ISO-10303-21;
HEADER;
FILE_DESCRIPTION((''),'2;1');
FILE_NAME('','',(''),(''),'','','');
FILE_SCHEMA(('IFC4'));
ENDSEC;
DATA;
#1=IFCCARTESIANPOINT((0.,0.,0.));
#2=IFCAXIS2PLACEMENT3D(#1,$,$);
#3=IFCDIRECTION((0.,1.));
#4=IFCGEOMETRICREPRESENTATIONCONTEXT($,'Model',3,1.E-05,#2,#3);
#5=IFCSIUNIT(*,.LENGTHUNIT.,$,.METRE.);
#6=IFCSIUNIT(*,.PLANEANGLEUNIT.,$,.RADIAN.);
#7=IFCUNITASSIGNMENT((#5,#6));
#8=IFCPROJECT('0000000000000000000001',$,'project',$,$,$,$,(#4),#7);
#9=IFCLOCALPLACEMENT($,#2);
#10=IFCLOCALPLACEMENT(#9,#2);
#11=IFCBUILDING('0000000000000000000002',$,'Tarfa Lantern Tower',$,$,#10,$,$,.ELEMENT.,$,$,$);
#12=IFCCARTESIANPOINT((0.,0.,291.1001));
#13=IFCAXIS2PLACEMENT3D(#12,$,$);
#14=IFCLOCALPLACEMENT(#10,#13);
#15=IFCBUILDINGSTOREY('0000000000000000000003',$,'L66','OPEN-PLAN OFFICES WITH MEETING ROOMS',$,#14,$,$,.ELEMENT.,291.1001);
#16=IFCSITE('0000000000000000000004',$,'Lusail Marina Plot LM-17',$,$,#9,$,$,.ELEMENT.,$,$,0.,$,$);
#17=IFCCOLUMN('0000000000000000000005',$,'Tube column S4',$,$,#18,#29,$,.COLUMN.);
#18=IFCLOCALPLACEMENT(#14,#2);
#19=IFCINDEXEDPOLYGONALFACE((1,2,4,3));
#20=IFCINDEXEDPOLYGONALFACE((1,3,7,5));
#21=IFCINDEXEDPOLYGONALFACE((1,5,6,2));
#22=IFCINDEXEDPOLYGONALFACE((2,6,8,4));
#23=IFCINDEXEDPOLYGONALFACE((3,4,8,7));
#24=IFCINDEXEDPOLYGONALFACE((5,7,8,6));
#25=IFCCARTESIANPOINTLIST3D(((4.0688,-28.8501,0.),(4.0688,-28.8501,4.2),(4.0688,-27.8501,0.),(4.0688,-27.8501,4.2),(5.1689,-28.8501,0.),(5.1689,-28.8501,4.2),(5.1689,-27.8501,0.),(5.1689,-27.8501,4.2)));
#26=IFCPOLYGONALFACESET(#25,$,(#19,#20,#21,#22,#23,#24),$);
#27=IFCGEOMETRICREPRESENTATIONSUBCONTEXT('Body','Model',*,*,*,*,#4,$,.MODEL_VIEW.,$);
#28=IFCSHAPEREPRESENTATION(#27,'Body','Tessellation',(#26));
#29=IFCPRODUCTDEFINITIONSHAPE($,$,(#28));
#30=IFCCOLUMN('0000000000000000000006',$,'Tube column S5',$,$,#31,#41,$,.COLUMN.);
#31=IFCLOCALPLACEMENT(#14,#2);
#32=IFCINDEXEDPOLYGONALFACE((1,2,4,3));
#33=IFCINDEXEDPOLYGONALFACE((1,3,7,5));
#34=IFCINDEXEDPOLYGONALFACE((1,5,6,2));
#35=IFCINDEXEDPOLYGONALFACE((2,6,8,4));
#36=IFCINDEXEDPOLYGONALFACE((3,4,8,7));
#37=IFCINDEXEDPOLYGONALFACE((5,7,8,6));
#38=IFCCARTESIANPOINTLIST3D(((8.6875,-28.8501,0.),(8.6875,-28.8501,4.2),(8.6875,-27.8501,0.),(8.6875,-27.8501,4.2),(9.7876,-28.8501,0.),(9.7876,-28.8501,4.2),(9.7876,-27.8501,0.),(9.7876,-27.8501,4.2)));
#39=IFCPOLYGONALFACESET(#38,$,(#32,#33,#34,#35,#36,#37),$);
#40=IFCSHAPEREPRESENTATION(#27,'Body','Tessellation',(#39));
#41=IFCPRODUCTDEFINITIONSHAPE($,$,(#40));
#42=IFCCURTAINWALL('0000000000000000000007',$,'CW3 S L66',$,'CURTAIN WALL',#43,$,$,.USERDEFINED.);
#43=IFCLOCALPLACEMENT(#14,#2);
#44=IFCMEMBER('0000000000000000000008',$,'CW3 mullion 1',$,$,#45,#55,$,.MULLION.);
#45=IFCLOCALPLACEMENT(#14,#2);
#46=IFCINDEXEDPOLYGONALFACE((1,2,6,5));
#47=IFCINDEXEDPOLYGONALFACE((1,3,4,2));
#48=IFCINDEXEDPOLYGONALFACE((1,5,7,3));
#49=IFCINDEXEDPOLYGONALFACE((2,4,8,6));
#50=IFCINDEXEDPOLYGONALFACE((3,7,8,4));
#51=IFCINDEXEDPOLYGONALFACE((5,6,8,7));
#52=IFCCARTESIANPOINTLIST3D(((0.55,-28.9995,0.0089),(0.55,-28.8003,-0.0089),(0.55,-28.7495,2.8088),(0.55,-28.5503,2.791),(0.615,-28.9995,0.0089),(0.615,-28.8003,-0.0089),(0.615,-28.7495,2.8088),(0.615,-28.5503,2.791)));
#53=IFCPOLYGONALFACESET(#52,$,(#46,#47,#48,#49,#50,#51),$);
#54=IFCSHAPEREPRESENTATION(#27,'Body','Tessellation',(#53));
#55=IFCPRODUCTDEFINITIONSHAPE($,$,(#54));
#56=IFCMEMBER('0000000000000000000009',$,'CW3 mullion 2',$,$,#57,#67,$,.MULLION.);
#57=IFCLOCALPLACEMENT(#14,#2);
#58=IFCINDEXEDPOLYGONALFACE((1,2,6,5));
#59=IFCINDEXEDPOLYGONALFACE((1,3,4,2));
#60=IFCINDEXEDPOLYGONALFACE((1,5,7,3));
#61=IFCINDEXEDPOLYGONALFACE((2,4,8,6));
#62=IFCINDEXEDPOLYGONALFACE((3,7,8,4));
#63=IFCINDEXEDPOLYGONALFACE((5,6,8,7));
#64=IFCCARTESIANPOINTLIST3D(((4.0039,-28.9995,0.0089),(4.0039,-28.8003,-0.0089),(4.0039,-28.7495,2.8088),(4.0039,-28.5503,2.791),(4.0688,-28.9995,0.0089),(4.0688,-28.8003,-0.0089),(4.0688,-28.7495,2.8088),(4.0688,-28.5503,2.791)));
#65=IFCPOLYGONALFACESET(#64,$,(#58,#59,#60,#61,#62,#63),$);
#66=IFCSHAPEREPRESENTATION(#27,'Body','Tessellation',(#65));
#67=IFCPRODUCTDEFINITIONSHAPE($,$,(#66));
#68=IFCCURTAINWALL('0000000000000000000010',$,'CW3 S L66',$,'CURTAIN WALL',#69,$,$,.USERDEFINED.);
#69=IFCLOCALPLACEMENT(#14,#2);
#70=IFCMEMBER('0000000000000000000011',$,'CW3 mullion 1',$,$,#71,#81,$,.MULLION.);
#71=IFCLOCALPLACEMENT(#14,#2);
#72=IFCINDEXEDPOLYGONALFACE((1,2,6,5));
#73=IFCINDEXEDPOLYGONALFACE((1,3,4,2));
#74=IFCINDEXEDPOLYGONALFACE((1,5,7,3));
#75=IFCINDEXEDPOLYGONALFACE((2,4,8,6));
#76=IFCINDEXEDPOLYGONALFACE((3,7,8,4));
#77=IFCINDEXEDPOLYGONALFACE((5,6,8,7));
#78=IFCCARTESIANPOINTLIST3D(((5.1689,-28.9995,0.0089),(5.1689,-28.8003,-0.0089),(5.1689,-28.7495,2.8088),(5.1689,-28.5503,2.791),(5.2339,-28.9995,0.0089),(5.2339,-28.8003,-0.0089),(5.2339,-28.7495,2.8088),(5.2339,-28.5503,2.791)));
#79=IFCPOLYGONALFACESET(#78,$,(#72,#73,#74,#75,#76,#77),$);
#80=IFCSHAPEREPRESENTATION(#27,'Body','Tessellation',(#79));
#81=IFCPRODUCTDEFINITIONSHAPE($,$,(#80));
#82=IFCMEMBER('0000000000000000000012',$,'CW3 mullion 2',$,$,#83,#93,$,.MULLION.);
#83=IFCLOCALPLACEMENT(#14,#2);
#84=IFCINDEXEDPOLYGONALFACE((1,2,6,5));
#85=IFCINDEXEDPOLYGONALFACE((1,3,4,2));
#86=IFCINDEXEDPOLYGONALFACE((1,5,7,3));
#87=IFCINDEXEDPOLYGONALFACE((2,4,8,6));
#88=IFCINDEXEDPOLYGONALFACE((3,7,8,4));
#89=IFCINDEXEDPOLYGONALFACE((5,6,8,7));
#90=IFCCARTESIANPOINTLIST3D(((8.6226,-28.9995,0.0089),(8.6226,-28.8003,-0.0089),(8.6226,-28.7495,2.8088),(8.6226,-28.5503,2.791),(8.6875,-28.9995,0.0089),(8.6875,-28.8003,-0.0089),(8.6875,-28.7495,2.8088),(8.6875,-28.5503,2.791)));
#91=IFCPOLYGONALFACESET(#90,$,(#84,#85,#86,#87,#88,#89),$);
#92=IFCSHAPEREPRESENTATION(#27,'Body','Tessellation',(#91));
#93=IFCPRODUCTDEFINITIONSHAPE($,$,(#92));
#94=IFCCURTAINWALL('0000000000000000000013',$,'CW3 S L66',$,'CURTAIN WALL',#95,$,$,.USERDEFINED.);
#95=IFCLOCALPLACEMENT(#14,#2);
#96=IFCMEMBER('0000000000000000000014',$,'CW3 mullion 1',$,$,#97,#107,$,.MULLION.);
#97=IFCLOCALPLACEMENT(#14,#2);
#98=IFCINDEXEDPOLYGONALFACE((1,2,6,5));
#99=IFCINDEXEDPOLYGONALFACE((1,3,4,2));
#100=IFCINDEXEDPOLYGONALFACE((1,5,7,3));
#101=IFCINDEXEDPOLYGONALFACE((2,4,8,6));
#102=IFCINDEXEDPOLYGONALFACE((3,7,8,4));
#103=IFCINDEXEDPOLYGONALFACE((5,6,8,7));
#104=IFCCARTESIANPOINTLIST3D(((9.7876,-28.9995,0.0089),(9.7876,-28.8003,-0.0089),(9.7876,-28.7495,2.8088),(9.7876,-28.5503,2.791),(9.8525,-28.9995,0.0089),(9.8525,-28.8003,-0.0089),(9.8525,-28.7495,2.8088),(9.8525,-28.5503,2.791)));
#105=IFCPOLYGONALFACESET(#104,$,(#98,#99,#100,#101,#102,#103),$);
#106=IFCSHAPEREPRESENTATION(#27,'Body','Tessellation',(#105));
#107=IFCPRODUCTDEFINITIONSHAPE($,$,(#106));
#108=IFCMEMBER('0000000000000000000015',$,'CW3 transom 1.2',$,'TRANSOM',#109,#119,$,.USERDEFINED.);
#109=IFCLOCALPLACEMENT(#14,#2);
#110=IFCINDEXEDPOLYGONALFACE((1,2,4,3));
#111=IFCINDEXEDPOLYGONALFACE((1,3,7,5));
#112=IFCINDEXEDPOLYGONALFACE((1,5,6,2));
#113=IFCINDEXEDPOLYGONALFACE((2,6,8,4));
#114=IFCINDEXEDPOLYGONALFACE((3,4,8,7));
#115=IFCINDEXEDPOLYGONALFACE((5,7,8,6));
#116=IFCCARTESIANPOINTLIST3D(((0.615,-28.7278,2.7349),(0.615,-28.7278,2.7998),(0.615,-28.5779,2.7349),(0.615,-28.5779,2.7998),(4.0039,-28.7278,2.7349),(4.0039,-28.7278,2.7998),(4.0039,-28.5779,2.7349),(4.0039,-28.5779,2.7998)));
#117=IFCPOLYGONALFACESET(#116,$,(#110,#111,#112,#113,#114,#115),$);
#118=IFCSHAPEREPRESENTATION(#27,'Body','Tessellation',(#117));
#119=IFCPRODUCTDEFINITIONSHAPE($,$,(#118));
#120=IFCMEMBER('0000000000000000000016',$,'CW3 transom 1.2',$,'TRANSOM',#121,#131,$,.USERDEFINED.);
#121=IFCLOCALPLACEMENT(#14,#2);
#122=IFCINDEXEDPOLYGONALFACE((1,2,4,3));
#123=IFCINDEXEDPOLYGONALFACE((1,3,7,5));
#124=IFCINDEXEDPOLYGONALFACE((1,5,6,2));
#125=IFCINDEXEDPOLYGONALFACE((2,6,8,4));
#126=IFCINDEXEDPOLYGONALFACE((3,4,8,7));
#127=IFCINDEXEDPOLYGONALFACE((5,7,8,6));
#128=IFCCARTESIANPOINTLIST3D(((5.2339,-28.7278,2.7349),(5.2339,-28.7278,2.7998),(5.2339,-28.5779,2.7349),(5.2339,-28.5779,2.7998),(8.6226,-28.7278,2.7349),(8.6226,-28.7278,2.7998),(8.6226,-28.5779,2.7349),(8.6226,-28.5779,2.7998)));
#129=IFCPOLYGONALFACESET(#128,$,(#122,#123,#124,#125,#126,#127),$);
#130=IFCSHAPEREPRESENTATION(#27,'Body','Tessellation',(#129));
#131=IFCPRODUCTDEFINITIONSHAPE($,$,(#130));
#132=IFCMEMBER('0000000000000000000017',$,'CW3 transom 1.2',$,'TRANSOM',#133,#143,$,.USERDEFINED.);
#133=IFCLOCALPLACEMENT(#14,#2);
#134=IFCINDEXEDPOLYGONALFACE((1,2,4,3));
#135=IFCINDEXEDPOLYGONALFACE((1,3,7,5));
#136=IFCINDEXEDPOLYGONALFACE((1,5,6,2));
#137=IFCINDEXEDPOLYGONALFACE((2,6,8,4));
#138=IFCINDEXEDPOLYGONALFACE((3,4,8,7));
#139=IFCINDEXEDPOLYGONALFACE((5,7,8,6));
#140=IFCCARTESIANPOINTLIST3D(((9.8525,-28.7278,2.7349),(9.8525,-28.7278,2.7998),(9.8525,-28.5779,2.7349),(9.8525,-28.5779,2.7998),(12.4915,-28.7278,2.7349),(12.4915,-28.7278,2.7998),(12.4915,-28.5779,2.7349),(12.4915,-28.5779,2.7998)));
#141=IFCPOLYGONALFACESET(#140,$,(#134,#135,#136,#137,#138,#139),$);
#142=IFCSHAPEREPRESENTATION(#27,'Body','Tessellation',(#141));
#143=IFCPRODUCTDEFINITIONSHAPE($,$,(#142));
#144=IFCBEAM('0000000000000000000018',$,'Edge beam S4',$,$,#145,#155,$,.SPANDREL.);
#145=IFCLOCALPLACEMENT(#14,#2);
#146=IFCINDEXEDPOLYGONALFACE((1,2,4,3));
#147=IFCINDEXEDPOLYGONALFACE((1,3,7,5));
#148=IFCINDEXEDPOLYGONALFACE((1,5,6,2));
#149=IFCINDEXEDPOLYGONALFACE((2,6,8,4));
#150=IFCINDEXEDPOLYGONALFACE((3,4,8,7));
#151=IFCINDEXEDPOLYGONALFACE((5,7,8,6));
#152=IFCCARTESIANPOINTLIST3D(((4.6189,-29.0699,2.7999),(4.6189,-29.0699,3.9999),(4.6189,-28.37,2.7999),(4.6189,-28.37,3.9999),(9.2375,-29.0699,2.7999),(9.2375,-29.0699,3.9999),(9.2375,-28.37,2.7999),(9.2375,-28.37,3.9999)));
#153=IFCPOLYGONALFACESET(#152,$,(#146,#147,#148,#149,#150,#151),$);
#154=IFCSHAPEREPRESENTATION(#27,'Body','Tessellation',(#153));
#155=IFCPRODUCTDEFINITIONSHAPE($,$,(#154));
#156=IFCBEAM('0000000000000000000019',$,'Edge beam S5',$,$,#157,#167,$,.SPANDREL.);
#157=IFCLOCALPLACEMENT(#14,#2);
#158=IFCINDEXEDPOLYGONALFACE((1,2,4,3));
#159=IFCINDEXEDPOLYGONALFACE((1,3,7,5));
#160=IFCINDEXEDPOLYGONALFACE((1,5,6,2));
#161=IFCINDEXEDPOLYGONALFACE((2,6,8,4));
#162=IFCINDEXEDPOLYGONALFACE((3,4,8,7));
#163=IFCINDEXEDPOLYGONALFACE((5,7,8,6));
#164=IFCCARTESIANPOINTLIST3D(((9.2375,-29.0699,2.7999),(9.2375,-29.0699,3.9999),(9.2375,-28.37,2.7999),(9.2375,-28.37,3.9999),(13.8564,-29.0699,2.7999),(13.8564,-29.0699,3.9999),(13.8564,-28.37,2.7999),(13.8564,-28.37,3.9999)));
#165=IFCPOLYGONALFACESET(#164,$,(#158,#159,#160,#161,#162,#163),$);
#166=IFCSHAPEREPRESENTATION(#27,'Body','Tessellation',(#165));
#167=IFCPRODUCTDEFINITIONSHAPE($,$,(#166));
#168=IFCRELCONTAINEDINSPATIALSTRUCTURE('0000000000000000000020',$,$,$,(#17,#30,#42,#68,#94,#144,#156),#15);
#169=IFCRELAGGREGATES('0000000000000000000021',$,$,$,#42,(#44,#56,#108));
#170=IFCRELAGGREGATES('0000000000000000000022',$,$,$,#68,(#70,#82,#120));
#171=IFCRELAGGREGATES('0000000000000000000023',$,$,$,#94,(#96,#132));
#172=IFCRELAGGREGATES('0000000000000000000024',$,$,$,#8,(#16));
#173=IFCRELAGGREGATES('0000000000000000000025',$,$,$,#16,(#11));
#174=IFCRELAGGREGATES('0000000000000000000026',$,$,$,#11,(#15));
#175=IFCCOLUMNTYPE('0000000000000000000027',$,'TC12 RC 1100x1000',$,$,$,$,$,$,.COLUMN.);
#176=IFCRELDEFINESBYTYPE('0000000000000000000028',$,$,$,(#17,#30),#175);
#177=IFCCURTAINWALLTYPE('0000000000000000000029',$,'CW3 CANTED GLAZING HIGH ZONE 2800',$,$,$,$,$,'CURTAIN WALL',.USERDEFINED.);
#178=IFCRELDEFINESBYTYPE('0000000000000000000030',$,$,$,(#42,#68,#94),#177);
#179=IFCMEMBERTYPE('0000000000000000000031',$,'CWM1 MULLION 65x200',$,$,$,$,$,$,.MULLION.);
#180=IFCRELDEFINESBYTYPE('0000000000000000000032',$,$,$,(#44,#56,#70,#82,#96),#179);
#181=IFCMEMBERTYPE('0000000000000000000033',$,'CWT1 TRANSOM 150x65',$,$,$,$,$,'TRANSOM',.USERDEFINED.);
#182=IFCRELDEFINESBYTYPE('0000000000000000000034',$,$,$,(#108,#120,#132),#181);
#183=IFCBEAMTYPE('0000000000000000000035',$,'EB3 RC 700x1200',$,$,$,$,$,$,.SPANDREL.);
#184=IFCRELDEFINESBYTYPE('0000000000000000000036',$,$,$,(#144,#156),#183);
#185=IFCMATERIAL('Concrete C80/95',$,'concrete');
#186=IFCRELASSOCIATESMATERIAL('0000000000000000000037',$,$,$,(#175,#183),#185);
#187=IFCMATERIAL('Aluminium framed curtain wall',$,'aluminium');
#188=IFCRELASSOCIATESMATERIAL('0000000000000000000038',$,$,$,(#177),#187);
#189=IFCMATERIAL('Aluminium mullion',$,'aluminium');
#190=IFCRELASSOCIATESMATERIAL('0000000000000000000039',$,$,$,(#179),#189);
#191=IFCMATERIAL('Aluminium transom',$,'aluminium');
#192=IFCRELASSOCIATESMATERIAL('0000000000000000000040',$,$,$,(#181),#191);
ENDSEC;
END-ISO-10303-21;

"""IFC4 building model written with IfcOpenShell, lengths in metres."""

from ifc_helpers import new_model, si_unit, direction, frame, origin, origin_2d, place, context, subcontext, project, spatial, rectangle, extrude, material, material_profile, profile_set, type_object, element, aggregate, save


model = new_model("IFC4")

# Units and contexts
model_context = context("Model", 3, precision=1e-05, world=origin(), true_north=direction((0.0, 1.0)))
body_context = subcontext(model_context, "Body", "Model", "MODEL_VIEW")
ifc_project = project(units=[si_unit("LENGTHUNIT", "METRE"), si_unit("PLANEANGLEUNIT", "RADIAN")], contexts=[model_context])

# Site, building, storey
site_placement = place(None, origin())
site = spatial("IfcSite", under=ifc_project, at=site_placement, Name="Lusail Marina Plot LM-17", CompositionType="ELEMENT", RefElevation=0.0)
building_placement = place(site_placement, origin())
building = spatial("IfcBuilding", under=site, at=building_placement, Name="Tarfa Lantern Tower", CompositionType="ELEMENT")
storey_placement = place(building_placement, frame((0.0, 0.0, 291.1001)))
storey = spatial("IfcBuildingStorey", under=building, at=storey_placement, Name="L66", Description="OPEN-PLAN OFFICES WITH MEETING ROOMS", CompositionType="ELEMENT", Elevation=291.1001)

# Columns
ifc_material_1 = material(Name="Concrete C80/95", Category="concrete")
ifc_material_profile_1 = material_profile(ifc_material_1, rectangle(XDim=1.1001, YDim=1.0, at=origin_2d()), Name="RC 1100x1000")
ifc_profile_set_1 = profile_set([ifc_material_profile_1], Name="Concrete C80/95")
column_type = type_object("IfcColumnType", Name="TC12 RC 1100x1000", PredefinedType="COLUMN", material=ifc_profile_set_1)
for number, where, z_axis, x_axis, name in (
    (1, (4.6189, -28.3501, 0.0), (0.0, 0.0, 1.0), (1.0, 0.0, 0.0), "Tube column S4"),
    (2, (9.2375, -28.3501, 0.0), (0.0, 0.0, 1.0), (1.0, 0.0, 0.0), "Tube column S5"),
):
    element("IfcColumn", number, at=place(storey_placement, frame(where, z_axis=z_axis, x_axis=x_axis)), inside=storey, type_object=column_type, Name=name, PredefinedType="COLUMN", context=body_context, shape_type="SweptSolid", body=[
        extrude(rectangle(XDim=1.1001, YDim=1.0, at=origin_2d()), origin(), (0.0, 0.0, 1.0), 4.2),
    ])

# Curtain walls, members
ifc_material_2 = material(Name="Aluminium framed curtain wall", Category="aluminium")
curtain_wall_type = type_object("IfcCurtainWallType", Name="CW3 CANTED GLAZING HIGH ZONE 2800", ElementType="CURTAIN WALL", PredefinedType="USERDEFINED", material=ifc_material_2)
curtain_wall_1_placement = place(storey_placement, origin())
curtain_wall_1 = element("IfcCurtainWall", 3, at=curtain_wall_1_placement, inside=storey, type_object=curtain_wall_type, Name="CW3 S L66", ObjectType="CURTAIN WALL", PredefinedType="USERDEFINED")
ifc_material_3 = material(Name="Aluminium mullion", Category="aluminium")
ifc_material_profile_2 = material_profile(ifc_material_3, rectangle(XDim=0.0649, YDim=0.2, at=origin_2d()), Name="AL MULLION 65x200")
ifc_profile_set_2 = profile_set([ifc_material_profile_2], Name="Aluminium mullion")
member_type_1 = type_object("IfcMemberType", Name="CWM1 MULLION 65x200", PredefinedType="MULLION", material=ifc_profile_set_2)
member_1_placement = place(storey_placement, frame((0.5825, -28.8999, 0.0), z_axis=(0.0, 0.088938, 0.996037), x_axis=(-1.0, 0.0, 0.0)))
member_1 = element("IfcMember", 4, at=member_1_placement, type_object=member_type_1, Name="CW3 mullion 1", PredefinedType="MULLION", context=body_context, shape_type="SweptSolid", body=[
    extrude(rectangle(XDim=0.0649, YDim=0.2, at=origin_2d()), origin(), (0.0, 0.0, 1.0), 2.811),
])
member_2_placement = place(storey_placement, frame((4.0364, -28.8999, 0.0), z_axis=(0.0, 0.088938, 0.996037), x_axis=(-1.0, 0.0, 0.0)))
member_2 = element("IfcMember", 5, at=member_2_placement, type_object=member_type_1, Name="CW3 mullion 2", PredefinedType="MULLION", context=body_context, shape_type="SweptSolid", body=[
    extrude(rectangle(XDim=0.0649, YDim=0.2, at=origin_2d()), origin(), (0.0, 0.0, 1.0), 2.811),
])
curtain_wall_2_placement = place(storey_placement, origin())
curtain_wall_2 = element("IfcCurtainWall", 6, at=curtain_wall_2_placement, inside=storey, type_object=curtain_wall_type, Name="CW3 S L66", ObjectType="CURTAIN WALL", PredefinedType="USERDEFINED")
member_3_placement = place(storey_placement, frame((5.2014, -28.8999, 0.0), z_axis=(0.0, 0.088938, 0.996037), x_axis=(-1.0, 0.0, 0.0)))
member_3 = element("IfcMember", 7, at=member_3_placement, type_object=member_type_1, Name="CW3 mullion 1", PredefinedType="MULLION", context=body_context, shape_type="SweptSolid", body=[
    extrude(rectangle(XDim=0.0649, YDim=0.2, at=origin_2d()), origin(), (0.0, 0.0, 1.0), 2.811),
])
member_4_placement = place(storey_placement, frame((8.655, -28.8999, 0.0), z_axis=(0.0, 0.088938, 0.996037), x_axis=(-1.0, 0.0, 0.0)))
member_4 = element("IfcMember", 8, at=member_4_placement, type_object=member_type_1, Name="CW3 mullion 2", PredefinedType="MULLION", context=body_context, shape_type="SweptSolid", body=[
    extrude(rectangle(XDim=0.0649, YDim=0.2, at=origin_2d()), origin(), (0.0, 0.0, 1.0), 2.811),
])

# Curtain wall, member
curtain_wall_3_placement = place(storey_placement, origin())
curtain_wall_3 = element("IfcCurtainWall", 9, at=curtain_wall_3_placement, inside=storey, type_object=curtain_wall_type, Name="CW3 S L66", ObjectType="CURTAIN WALL", PredefinedType="USERDEFINED")
member_5_placement = place(storey_placement, frame((9.8201, -28.8999, 0.0), z_axis=(0.0, 0.088938, 0.996037), x_axis=(-1.0, 0.0, 0.0)))
member_5 = element("IfcMember", 10, at=member_5_placement, type_object=member_type_1, Name="CW3 mullion 1", PredefinedType="MULLION", context=body_context, shape_type="SweptSolid", body=[
    extrude(rectangle(XDim=0.0649, YDim=0.2, at=origin_2d()), origin(), (0.0, 0.0, 1.0), 2.811),
])

# Members
ifc_material_4 = material(Name="Aluminium transom", Category="aluminium")
ifc_material_profile_3 = material_profile(ifc_material_4, rectangle(XDim=0.1499, YDim=0.0649, at=origin_2d()), Name="AL TRANSOM 150x65")
ifc_profile_set_3 = profile_set([ifc_material_profile_3], Name="Aluminium transom")
member_type_2 = type_object("IfcMemberType", Name="CWT1 TRANSOM 150x65", ElementType="TRANSOM", PredefinedType="USERDEFINED", material=ifc_profile_set_3)
member_6_placement = place(storey_placement, frame((0.615, -28.6528, 2.7673), z_axis=(1.0, 0.0, 0.0), x_axis=(0.0, 1.0, 0.0)))
member_6 = element("IfcMember", 11, at=member_6_placement, type_object=member_type_2, Name="CW3 transom 1.2", ObjectType="TRANSOM", PredefinedType="USERDEFINED", context=body_context, shape_type="SweptSolid", body=[
    extrude(rectangle(XDim=0.1499, YDim=0.0649, at=origin_2d()), origin(), (0.0, 0.0, 1.0), 3.3889),
])
member_7_placement = place(storey_placement, frame((5.2339, -28.6528, 2.7673), z_axis=(1.0, 0.0, 0.0), x_axis=(0.0, 1.0, 0.0)))
member_7 = element("IfcMember", 12, at=member_7_placement, type_object=member_type_2, Name="CW3 transom 1.2", ObjectType="TRANSOM", PredefinedType="USERDEFINED", context=body_context, shape_type="SweptSolid", body=[
    extrude(rectangle(XDim=0.1499, YDim=0.0649, at=origin_2d()), origin(), (0.0, 0.0, 1.0), 3.3887),
])
member_8_placement = place(storey_placement, frame((9.8525, -28.6528, 2.7673), z_axis=(1.0, 0.0, 0.0), x_axis=(0.0, 1.0, 0.0)))
member_8 = element("IfcMember", 13, at=member_8_placement, type_object=member_type_2, Name="CW3 transom 1.2", ObjectType="TRANSOM", PredefinedType="USERDEFINED", context=body_context, shape_type="SweptSolid", body=[
    extrude(rectangle(XDim=0.1499, YDim=0.0649, at=origin_2d()), origin(), (0.0, 0.0, 1.0), 2.6389),
])

# Beams
ifc_material_profile_4 = material_profile(ifc_material_1, rectangle(XDim=0.7, YDim=1.2, at=origin_2d()), Name="RC 700x1200")
ifc_profile_set_4 = profile_set([ifc_material_profile_4], Name="Concrete C80/95")
beam_type_1 = type_object("IfcBeamType", Name="EB3 RC 700x1200", PredefinedType="SPANDREL", material=ifc_profile_set_4)
beam_1_placement = place(storey_placement, frame((4.6189, -28.72, 3.3999), z_axis=(1.0, 0.0, 0.0), x_axis=(0.0, 1.0, 0.0)))
element("IfcBeam", 14, at=beam_1_placement, inside=storey, type_object=beam_type_1, Name="Edge beam S4", PredefinedType="SPANDREL", context=body_context, shape_type="SweptSolid", body=[
    extrude(rectangle(XDim=0.7, YDim=1.2, at=origin_2d()), origin(), (0.0, 0.0, 1.0), 4.6187),
])
beam_2_placement = place(storey_placement, frame((9.2375, -28.72, 3.3999), z_axis=(1.0, 0.0, 0.0), x_axis=(0.0, 1.0, 0.0)))
element("IfcBeam", 15, at=beam_2_placement, inside=storey, type_object=beam_type_1, Name="Edge beam S5", PredefinedType="SPANDREL", context=body_context, shape_type="SweptSolid", body=[
    extrude(rectangle(XDim=0.7, YDim=1.2, at=origin_2d()), origin(), (0.0, 0.0, 1.0), 4.6189),
])

aggregate(curtain_wall_1, [member_1, member_2, member_6])
aggregate(curtain_wall_2, [member_3, member_4, member_7])
aggregate(curtain_wall_3, [member_5, member_8])

save(model, "model.ifc")
